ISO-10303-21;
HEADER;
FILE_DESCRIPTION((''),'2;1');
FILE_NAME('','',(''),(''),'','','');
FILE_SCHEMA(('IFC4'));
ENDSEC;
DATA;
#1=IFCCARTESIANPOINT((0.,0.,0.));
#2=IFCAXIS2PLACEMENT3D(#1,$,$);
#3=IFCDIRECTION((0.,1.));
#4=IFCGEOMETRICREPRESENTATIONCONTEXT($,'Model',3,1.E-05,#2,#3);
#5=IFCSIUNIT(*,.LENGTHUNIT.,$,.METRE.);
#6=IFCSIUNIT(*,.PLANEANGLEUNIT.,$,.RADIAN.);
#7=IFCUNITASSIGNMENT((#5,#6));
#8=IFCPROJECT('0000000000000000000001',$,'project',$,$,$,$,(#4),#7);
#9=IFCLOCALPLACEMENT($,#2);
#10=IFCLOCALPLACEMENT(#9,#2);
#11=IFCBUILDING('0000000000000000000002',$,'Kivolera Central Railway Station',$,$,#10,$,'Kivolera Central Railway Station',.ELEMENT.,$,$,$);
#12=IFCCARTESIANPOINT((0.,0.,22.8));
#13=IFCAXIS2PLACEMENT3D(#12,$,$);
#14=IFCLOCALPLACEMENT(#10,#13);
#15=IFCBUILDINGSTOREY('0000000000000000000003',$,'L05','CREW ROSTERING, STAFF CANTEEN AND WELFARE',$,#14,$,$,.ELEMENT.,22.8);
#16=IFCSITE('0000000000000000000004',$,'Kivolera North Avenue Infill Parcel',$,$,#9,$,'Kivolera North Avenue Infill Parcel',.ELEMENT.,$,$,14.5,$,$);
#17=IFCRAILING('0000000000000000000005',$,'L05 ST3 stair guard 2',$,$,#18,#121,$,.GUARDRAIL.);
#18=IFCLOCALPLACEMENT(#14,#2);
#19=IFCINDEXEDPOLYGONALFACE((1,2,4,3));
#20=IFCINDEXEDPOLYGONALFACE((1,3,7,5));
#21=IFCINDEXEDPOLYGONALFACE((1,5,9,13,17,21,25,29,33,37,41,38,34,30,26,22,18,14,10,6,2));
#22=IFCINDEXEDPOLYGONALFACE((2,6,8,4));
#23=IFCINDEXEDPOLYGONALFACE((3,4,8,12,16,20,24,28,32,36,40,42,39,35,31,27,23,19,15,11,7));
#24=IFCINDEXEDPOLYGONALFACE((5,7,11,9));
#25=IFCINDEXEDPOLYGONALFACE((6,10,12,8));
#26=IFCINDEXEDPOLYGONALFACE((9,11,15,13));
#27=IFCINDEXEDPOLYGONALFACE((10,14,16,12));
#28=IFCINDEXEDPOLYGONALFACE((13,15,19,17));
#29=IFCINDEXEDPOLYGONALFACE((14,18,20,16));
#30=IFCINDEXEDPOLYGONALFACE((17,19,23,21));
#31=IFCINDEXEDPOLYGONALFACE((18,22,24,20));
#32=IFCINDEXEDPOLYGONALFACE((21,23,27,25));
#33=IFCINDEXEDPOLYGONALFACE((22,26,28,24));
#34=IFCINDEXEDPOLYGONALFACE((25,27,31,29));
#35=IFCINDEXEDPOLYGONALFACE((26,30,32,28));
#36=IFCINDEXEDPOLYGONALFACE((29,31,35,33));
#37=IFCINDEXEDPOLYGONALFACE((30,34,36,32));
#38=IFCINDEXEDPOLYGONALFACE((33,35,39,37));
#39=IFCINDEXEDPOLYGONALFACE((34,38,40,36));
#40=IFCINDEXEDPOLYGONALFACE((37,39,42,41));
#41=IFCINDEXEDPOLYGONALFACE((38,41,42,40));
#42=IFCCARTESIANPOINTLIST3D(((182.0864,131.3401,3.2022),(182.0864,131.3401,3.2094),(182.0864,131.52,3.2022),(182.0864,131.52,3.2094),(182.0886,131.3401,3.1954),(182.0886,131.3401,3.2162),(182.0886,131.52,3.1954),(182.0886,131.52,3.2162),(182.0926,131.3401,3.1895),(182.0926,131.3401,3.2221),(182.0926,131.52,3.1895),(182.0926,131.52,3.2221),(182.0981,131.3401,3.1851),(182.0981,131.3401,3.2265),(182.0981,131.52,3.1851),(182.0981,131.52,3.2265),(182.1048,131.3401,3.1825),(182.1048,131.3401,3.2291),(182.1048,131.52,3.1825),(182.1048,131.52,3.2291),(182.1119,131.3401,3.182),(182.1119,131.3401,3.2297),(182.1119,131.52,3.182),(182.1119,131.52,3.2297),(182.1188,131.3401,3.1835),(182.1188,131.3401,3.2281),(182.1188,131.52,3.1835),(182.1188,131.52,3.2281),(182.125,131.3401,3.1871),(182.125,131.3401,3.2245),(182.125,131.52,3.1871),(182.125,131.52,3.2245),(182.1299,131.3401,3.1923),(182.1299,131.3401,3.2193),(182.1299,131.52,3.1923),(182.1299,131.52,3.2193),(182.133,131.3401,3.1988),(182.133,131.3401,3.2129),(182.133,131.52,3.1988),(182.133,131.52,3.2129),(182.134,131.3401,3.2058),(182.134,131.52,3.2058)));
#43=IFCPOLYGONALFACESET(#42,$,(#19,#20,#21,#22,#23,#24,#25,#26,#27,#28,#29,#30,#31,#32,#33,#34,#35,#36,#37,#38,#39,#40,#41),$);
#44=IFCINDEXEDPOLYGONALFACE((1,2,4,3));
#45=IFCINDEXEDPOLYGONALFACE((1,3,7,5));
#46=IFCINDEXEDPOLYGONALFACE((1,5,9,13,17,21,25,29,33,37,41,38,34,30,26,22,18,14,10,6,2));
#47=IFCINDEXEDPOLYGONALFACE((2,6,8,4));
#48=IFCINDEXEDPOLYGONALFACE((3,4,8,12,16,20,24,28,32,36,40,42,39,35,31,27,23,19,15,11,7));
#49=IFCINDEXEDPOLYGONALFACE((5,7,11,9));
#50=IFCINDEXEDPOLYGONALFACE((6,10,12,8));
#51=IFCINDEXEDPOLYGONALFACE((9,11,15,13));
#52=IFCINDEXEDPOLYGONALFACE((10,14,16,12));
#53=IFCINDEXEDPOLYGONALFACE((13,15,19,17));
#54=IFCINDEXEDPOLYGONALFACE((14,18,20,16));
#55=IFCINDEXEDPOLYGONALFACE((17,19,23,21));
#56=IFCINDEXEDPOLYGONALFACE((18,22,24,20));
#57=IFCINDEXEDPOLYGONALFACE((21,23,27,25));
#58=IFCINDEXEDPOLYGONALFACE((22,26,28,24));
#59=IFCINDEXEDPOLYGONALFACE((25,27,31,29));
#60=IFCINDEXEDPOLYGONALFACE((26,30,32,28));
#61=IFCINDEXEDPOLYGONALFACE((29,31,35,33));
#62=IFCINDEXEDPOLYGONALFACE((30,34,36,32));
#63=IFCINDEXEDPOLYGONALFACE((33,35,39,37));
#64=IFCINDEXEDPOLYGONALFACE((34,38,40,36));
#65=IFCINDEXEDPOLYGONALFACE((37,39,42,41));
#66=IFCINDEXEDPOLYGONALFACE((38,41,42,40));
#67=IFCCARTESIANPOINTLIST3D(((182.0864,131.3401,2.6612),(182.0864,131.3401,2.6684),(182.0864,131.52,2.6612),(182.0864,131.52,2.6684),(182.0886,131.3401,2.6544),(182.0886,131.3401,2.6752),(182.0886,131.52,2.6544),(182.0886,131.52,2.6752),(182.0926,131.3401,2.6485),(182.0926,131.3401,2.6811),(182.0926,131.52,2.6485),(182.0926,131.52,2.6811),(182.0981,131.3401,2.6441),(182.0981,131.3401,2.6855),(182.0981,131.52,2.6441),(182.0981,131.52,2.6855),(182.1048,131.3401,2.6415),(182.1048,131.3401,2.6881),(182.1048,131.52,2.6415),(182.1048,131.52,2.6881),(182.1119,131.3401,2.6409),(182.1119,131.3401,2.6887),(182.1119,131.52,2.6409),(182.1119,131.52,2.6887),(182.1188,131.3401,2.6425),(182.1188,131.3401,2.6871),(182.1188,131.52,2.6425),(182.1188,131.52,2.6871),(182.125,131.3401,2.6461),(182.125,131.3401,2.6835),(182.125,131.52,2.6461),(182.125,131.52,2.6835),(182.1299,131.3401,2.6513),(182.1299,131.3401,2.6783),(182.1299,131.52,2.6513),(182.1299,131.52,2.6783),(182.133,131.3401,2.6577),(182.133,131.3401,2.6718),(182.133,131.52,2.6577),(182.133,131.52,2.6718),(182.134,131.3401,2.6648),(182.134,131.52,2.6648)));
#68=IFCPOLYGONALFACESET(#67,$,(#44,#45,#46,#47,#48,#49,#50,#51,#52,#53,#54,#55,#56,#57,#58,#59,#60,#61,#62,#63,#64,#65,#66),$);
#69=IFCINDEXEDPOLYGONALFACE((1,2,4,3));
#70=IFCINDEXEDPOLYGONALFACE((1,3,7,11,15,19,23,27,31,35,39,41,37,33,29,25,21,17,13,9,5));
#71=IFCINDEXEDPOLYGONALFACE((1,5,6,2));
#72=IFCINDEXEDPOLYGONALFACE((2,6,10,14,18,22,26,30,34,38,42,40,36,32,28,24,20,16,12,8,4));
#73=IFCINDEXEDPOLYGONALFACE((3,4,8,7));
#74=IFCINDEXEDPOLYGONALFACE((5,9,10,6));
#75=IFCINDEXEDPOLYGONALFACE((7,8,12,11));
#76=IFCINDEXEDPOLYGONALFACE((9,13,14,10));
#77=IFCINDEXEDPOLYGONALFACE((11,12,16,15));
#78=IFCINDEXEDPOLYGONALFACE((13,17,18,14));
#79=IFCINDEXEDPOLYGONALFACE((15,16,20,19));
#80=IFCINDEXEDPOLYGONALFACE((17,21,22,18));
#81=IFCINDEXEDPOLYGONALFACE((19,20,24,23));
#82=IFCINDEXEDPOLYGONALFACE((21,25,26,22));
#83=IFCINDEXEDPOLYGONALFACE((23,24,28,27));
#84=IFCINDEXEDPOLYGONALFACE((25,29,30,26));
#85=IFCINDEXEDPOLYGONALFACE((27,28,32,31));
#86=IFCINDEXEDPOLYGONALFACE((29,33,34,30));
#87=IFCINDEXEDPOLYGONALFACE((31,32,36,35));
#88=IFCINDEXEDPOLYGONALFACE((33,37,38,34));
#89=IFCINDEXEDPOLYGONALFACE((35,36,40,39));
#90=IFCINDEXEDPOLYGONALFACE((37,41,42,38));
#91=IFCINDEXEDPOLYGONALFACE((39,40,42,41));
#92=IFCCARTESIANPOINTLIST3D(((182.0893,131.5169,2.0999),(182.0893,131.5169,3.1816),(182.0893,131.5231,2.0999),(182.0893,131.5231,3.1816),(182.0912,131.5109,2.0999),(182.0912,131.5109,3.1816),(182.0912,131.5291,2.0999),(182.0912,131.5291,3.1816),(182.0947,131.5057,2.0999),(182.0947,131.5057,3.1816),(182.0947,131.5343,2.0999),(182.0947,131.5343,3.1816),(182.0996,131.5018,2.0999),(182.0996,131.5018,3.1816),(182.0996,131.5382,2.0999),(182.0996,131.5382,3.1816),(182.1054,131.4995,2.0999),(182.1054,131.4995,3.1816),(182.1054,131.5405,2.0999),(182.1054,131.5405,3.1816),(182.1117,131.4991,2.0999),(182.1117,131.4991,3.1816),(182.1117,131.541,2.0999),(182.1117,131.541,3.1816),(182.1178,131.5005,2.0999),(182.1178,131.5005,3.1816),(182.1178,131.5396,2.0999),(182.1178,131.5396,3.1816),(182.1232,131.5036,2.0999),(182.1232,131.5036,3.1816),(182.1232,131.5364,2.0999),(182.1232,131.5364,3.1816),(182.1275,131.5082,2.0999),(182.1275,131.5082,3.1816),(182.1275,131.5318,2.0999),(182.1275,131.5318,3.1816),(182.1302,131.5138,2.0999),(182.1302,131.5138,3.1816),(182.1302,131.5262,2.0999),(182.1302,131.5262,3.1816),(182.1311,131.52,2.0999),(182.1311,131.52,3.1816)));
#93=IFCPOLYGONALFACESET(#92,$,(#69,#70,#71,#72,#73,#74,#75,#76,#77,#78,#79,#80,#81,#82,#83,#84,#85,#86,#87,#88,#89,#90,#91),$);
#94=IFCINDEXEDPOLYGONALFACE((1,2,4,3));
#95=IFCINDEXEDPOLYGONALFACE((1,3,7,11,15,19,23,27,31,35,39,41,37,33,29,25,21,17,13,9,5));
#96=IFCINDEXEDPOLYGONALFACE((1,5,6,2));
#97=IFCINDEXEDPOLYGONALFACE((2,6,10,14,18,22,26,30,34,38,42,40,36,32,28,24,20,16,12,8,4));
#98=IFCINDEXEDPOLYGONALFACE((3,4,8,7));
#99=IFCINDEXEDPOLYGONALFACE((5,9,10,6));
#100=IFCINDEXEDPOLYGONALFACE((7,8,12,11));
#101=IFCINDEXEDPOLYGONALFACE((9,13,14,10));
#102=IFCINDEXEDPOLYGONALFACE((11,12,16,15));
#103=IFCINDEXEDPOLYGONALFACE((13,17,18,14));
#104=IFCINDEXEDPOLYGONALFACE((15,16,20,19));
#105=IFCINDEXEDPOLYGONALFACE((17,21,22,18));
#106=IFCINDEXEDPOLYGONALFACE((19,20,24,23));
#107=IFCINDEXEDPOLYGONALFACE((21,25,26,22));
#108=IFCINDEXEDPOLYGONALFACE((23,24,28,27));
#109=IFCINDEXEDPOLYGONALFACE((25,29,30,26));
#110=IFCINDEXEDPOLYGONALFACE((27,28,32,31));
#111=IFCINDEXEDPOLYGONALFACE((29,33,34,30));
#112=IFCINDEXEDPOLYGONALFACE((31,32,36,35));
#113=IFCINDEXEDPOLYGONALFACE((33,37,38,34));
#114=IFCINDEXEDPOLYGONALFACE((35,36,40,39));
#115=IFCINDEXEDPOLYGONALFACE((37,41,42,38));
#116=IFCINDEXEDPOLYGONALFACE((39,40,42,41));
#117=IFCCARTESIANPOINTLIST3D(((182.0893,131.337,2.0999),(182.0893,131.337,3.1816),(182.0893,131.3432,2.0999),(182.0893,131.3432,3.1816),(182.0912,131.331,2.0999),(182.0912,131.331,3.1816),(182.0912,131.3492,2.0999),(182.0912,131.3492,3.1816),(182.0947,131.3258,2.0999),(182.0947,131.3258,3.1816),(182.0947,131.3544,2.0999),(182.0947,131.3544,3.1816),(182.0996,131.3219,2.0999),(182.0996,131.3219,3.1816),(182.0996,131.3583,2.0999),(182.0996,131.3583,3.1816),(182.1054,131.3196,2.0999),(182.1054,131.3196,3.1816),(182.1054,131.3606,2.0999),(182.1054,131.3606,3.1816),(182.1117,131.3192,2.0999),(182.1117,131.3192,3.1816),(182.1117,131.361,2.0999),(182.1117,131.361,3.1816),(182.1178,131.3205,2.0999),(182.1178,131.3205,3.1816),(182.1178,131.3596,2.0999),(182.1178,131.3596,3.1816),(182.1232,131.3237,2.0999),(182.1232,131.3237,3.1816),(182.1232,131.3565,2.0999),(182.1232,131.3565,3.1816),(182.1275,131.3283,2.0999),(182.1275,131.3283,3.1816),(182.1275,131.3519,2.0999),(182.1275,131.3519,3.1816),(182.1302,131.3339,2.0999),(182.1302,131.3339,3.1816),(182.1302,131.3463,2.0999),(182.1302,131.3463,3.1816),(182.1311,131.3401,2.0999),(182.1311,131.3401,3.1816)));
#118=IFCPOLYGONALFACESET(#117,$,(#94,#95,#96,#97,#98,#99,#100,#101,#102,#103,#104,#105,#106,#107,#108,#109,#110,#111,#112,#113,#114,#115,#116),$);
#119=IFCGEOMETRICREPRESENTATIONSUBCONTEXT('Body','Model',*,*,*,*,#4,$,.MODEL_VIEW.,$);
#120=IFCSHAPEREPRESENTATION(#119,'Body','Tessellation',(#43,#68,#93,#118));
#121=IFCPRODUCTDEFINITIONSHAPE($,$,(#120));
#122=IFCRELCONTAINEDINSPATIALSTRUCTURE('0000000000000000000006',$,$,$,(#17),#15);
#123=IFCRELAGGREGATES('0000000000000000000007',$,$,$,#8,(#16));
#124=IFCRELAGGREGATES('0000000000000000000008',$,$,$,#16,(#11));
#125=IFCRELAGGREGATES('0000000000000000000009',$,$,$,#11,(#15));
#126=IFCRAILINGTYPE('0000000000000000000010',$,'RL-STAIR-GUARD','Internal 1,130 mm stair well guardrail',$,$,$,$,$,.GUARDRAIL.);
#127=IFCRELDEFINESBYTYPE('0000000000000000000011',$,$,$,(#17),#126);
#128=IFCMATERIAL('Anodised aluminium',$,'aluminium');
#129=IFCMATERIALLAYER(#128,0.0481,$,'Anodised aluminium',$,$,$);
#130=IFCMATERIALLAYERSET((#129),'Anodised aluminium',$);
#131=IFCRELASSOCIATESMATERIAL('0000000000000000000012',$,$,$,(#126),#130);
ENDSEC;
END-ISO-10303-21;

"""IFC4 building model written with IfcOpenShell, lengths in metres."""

from ifc_helpers import new_model, si_unit, direction, frame, origin, origin_2d, place, context, subcontext, project, spatial, circle, extrude, material, layer, layer_set, type_object, element, save


model = new_model("IFC4")

# Units and contexts
model_context = context("Model", 3, precision=1e-05, world=origin(), true_north=direction((0.0, 1.0)))
body_context = subcontext(model_context, "Body", "Model", "MODEL_VIEW")
ifc_project = project(units=[si_unit("LENGTHUNIT", "METRE"), si_unit("PLANEANGLEUNIT", "RADIAN")], contexts=[model_context])

# Site, building, storey
site_placement = place(None, origin())
site = spatial("IfcSite", under=ifc_project, at=site_placement, Name="Kivolera North Avenue Infill Parcel", LongName="Kivolera North Avenue Infill Parcel", CompositionType="ELEMENT", RefElevation=14.5)
building_placement = place(site_placement, origin())
building = spatial("IfcBuilding", under=site, at=building_placement, Name="Kivolera Central Railway Station", LongName="Kivolera Central Railway Station", CompositionType="ELEMENT")
storey_placement = place(building_placement, frame((0.0, 0.0, 22.8)))
storey = spatial("IfcBuildingStorey", under=building, at=storey_placement, Name="L05", Description="CREW ROSTERING, STAFF CANTEEN AND WELFARE", CompositionType="ELEMENT", Elevation=22.8)

# Shared definitions
ifc_material_1 = material(Name="Anodised aluminium", Category="aluminium")

# Railing
ifc_layer_1 = layer(ifc_material_1, 0.0481, Name="Anodised aluminium")
ifc_layer_set_1 = layer_set([ifc_layer_1], Name="Anodised aluminium")
railing_type_1 = type_object("IfcRailingType", Name="RL-STAIR-GUARD", Description="Internal 1,130 mm stair well guardrail", PredefinedType="GUARDRAIL", material=ifc_layer_set_1)
railing_1_placement = place(storey_placement, frame((182.1101, 131.52, 2.0999)))
element("IfcRailing", 1, at=railing_1_placement, inside=storey, type_object=railing_type_1, Name="L05 ST3 stair guard 2", PredefinedType="GUARDRAIL", context=body_context, shape_type="SweptSolid", body=[
    extrude(circle(Radius=0.0239, at=origin_2d()), frame((0.0, 0.0, 1.106), z_axis=(0.0, -1.0, 0.0), x_axis=(1.0, 0.0, 0.0)), (0.0, 0.0, 1.0), 0.1799),
    extrude(circle(Radius=0.0239, at=origin_2d()), frame((0.0, 0.0, 0.5649), z_axis=(0.0, -1.0, 0.0), x_axis=(1.0, 0.0, 0.0)), (0.0, 0.0, 1.0), 0.1799),
    extrude(circle(Radius=0.021, at=origin_2d()), origin(), (0.0, 0.0, 1.0), 1.0818),
    extrude(circle(Radius=0.021, at=origin_2d()), frame((0.0, -0.1799, 0.0)), (0.0, 0.0, 1.0), 1.0818),
])

save(model, "model.ifc")
